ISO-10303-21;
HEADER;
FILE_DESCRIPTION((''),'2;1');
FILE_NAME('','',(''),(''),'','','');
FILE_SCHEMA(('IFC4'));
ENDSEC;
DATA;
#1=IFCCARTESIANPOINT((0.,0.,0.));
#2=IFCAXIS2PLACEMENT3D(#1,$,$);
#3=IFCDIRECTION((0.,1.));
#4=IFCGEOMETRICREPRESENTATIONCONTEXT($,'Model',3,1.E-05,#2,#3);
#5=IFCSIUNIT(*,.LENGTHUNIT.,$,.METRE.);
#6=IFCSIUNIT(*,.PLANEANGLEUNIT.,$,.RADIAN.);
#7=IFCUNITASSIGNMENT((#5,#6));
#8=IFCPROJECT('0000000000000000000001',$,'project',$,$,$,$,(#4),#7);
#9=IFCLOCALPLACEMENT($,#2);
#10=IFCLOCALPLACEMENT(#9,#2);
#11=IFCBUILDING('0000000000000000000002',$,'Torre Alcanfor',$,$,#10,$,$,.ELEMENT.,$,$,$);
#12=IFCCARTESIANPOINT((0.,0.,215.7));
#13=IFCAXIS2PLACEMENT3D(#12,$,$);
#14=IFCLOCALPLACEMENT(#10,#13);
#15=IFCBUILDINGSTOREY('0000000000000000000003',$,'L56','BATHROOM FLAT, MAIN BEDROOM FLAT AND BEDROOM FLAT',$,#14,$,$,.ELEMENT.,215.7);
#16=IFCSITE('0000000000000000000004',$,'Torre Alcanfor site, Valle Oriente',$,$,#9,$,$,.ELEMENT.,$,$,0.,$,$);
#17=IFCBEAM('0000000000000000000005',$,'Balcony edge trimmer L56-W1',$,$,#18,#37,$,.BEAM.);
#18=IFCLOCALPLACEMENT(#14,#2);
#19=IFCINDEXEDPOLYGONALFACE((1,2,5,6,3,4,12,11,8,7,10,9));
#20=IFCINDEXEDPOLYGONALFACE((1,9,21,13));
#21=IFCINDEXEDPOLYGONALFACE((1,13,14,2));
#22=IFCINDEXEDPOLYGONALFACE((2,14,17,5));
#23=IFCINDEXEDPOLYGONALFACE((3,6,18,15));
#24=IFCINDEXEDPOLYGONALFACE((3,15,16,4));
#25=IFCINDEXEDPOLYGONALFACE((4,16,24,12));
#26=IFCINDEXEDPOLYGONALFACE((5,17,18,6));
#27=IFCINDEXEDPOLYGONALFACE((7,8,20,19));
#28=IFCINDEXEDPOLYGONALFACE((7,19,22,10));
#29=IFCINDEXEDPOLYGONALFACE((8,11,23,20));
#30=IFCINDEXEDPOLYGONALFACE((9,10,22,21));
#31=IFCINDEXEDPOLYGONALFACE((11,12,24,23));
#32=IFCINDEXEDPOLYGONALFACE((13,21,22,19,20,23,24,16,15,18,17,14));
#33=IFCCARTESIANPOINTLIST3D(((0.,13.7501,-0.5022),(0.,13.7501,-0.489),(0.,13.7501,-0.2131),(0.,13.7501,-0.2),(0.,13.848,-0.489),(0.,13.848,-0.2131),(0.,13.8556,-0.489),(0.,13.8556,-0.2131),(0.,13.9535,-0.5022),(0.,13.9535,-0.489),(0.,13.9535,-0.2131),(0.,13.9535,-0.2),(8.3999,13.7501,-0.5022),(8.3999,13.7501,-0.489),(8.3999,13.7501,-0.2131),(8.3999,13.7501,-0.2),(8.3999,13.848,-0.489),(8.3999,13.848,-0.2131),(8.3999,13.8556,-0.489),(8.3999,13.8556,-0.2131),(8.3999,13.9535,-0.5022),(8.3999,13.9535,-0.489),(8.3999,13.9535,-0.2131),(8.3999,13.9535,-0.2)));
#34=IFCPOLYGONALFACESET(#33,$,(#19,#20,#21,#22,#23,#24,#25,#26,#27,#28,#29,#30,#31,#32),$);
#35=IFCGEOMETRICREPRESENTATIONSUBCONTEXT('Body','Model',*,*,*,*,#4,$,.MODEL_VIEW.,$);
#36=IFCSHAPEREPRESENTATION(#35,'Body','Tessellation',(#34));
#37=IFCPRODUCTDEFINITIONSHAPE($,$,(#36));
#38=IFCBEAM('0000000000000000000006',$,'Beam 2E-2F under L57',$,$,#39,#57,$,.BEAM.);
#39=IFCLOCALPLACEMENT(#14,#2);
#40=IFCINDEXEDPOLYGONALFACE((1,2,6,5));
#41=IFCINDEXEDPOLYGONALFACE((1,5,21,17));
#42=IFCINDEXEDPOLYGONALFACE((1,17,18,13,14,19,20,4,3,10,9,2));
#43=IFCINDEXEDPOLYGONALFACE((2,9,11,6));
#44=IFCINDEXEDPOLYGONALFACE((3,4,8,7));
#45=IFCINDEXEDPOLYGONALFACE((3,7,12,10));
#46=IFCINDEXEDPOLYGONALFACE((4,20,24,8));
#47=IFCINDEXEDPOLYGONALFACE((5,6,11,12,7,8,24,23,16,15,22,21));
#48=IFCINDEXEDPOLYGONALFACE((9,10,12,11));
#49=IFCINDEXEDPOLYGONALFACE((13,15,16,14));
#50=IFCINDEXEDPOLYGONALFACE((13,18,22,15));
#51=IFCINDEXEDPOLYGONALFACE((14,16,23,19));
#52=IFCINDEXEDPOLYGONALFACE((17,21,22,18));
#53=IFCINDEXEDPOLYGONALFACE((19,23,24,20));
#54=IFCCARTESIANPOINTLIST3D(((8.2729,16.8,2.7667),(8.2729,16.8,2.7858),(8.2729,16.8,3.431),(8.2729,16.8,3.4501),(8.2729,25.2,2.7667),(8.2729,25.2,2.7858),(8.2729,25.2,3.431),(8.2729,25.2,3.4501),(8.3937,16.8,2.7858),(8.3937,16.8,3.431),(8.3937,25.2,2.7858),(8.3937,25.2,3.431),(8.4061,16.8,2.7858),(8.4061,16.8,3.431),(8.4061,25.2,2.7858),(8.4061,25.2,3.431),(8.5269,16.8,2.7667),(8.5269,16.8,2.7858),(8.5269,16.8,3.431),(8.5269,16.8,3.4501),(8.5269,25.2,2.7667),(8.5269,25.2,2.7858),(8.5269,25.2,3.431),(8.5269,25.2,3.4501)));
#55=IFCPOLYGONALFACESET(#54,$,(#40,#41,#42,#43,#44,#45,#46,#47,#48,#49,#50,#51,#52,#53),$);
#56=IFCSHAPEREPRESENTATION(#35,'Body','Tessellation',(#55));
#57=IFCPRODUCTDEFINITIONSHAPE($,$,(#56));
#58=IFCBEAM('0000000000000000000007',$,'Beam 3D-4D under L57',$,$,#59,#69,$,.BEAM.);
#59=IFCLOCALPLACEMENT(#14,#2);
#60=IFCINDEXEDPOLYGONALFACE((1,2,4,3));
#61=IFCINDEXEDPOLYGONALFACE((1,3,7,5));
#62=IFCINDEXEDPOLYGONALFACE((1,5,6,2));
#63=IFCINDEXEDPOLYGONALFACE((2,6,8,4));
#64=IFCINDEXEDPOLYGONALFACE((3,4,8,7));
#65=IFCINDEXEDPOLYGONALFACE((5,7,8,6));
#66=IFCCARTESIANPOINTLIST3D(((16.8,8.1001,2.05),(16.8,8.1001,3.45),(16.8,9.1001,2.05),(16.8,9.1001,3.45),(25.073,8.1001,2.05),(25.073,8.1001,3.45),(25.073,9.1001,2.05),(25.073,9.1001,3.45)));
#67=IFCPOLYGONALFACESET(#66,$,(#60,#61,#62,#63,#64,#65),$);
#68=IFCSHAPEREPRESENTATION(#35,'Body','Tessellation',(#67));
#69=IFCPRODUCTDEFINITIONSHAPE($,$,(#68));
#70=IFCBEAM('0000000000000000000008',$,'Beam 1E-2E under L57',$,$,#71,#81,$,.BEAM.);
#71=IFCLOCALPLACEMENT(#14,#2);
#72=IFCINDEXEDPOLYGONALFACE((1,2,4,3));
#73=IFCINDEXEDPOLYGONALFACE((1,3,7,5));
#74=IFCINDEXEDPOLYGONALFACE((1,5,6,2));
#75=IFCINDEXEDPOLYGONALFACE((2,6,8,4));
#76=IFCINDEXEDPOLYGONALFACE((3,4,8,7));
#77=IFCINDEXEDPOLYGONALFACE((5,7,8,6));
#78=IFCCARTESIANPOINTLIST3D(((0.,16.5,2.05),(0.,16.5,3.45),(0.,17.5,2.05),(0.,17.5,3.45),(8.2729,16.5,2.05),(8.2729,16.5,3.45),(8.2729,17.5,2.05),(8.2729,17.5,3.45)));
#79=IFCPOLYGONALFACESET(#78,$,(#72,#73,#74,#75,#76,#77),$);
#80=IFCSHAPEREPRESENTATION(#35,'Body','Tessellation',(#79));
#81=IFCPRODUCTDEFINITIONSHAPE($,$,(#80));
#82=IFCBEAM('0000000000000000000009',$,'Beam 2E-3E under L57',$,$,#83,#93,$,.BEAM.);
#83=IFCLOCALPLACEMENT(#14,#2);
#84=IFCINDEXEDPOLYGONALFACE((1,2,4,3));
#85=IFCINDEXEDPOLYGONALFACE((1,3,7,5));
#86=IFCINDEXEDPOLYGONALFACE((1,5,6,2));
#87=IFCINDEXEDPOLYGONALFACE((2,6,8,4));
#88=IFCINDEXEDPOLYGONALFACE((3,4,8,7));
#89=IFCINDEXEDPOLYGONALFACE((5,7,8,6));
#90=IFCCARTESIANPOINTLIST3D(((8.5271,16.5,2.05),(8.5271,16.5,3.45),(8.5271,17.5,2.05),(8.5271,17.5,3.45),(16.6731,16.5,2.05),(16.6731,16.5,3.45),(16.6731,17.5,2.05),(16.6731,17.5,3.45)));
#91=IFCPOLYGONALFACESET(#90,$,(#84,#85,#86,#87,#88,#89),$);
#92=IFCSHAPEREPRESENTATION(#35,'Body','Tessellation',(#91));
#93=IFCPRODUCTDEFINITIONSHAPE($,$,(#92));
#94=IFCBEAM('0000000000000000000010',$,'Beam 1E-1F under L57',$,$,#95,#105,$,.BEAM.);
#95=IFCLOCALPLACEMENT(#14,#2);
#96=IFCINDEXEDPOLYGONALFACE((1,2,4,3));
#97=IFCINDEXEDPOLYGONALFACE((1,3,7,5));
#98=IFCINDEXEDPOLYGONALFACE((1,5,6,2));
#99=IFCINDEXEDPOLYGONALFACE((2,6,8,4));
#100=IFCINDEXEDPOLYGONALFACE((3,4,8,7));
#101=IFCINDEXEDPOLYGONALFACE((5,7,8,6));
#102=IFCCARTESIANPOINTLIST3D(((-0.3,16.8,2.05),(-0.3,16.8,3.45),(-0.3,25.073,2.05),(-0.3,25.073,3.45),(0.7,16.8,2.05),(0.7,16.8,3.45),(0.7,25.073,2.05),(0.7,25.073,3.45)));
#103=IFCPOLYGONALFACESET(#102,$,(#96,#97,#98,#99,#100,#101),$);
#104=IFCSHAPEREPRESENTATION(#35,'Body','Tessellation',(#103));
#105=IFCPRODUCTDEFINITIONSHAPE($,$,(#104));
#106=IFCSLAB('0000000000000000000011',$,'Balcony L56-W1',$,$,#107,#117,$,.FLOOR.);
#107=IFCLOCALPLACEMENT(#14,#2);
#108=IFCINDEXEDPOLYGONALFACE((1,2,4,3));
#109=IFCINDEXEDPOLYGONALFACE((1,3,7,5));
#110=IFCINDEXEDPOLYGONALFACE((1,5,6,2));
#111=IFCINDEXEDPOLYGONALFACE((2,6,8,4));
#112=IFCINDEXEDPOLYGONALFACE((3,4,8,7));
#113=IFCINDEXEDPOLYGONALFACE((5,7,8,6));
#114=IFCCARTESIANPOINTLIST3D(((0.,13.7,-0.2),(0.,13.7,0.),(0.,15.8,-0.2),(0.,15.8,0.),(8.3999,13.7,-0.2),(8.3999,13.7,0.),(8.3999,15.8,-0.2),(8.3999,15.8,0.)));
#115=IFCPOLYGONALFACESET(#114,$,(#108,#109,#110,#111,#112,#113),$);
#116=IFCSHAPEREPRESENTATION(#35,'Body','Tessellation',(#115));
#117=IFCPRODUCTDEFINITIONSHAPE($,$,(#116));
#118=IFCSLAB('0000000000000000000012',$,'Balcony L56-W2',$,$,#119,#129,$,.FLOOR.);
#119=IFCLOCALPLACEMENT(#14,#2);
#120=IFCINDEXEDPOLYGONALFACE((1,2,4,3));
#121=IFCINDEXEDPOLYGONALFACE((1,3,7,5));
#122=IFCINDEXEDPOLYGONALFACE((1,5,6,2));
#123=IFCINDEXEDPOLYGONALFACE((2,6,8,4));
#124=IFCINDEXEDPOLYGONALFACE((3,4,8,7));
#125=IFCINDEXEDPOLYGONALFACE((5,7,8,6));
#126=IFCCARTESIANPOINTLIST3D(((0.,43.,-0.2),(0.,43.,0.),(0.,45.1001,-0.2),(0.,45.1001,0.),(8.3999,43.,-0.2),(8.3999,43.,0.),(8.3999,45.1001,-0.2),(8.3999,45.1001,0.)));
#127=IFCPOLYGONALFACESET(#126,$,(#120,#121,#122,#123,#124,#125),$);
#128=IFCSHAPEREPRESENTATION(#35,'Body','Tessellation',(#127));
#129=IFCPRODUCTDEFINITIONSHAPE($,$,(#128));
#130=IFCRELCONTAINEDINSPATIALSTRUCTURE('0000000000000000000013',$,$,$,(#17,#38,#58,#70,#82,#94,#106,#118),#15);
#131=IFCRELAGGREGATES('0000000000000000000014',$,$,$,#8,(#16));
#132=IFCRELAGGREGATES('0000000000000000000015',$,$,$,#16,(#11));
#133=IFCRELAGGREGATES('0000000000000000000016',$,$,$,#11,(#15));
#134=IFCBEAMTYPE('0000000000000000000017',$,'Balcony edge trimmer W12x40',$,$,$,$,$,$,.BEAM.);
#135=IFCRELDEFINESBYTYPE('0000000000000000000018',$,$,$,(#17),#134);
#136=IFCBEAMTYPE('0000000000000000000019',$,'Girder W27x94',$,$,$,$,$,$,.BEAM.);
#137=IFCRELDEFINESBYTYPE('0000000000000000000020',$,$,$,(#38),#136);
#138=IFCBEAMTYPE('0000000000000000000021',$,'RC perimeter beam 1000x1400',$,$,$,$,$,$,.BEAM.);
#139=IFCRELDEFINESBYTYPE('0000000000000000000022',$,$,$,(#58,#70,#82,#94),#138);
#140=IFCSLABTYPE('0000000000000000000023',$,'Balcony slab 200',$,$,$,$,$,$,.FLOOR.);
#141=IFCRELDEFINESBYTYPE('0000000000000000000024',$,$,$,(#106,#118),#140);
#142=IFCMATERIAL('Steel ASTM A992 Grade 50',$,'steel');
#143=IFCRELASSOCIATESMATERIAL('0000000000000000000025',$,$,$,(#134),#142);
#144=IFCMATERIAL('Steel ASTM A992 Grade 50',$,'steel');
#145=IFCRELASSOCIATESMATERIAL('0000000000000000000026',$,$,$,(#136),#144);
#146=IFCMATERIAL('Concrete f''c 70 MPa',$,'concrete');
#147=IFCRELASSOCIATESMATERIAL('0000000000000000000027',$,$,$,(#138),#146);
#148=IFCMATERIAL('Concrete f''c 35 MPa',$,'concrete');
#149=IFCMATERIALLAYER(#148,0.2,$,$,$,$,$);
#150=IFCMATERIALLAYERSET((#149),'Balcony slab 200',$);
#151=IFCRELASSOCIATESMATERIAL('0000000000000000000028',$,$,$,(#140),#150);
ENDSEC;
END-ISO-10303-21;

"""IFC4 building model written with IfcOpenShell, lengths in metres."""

from ifc_helpers import new_model, si_unit, direction, frame, origin, origin_2d, place, context, subcontext, project, spatial, polyline, rectangle, i_section, outline, extrude, material, layer, layer_set, material_profile, profile_set, type_object, element, save


model = new_model("IFC4")

# Units and contexts
model_context = context("Model", 3, precision=1e-05, world=origin(), true_north=direction((0.0, 1.0)))
body_context = subcontext(model_context, "Body", "Model", "MODEL_VIEW")
ifc_project = project(units=[si_unit("LENGTHUNIT", "METRE"), si_unit("PLANEANGLEUNIT", "RADIAN")], contexts=[model_context])

# Site, building, storey
site_placement = place(None, origin())
site = spatial("IfcSite", under=ifc_project, at=site_placement, Name="Torre Alcanfor site, Valle Oriente", CompositionType="ELEMENT", RefElevation=0.0)
building_placement = place(site_placement, origin())
building = spatial("IfcBuilding", under=site, at=building_placement, Name="Torre Alcanfor", CompositionType="ELEMENT")
storey_placement = place(building_placement, frame((0.0, 0.0, 215.7)))
storey = spatial("IfcBuildingStorey", under=building, at=storey_placement, Name="L56", Description="BATHROOM FLAT, MAIN BEDROOM FLAT AND BEDROOM FLAT", CompositionType="ELEMENT", Elevation=215.7)

# Beams
ifc_material_1 = material(Name="Steel ASTM A992 Grade 50", Category="steel")
ifc_material_profile_1 = material_profile(ifc_material_1, i_section(OverallWidth=0.2034, OverallDepth=0.3022, WebThickness=0.0076, FlangeThickness=0.0132, at=origin_2d()), Name="W12x40")
ifc_profile_set_1 = profile_set([ifc_material_profile_1], Name="Steel ASTM A992 Grade 50")
beam_type_1 = type_object("IfcBeamType", Name="Balcony edge trimmer W12x40", PredefinedType="BEAM", material=ifc_profile_set_1)
beam_1_placement = place(storey_placement, frame((8.3999, 13.8518, -0.3511), z_axis=(-1.0, 0.0, 0.0), x_axis=(0.0, -1.0, 0.0)))
element("IfcBeam", 1, at=beam_1_placement, inside=storey, type_object=beam_type_1, Name="Balcony edge trimmer L56-W1", PredefinedType="BEAM", context=body_context, shape_type="SweptSolid", body=[
    extrude(i_section(OverallWidth=0.2034, OverallDepth=0.3022, WebThickness=0.0076, FlangeThickness=0.0132, at=origin_2d()), origin(), (0.0, 0.0, 1.0), 8.3999),
])
ifc_material_2 = material(Name="Steel ASTM A992 Grade 50", Category="steel")
ifc_material_profile_2 = material_profile(ifc_material_2, i_section(OverallWidth=0.2539, OverallDepth=0.6833, WebThickness=0.0125, FlangeThickness=0.019, at=origin_2d()), Name="W27x94")
ifc_profile_set_2 = profile_set([ifc_material_profile_2], Name="Steel ASTM A992 Grade 50")
beam_type_2 = type_object("IfcBeamType", Name="Girder W27x94", PredefinedType="BEAM", material=ifc_profile_set_2)
beam_2_placement = place(storey_placement, frame((8.3999, 16.8, 3.1084), z_axis=(0.0, 1.0, 0.0), x_axis=(-1.0, 0.0, 0.0)))
element("IfcBeam", 2, at=beam_2_placement, inside=storey, type_object=beam_type_2, Name="Beam 2E-2F under L57", PredefinedType="BEAM", context=body_context, shape_type="SweptSolid", body=[
    extrude(i_section(OverallWidth=0.2539, OverallDepth=0.6833, WebThickness=0.0125, FlangeThickness=0.019, at=origin_2d()), origin(), (0.0, 0.0, 1.0), 8.3999),
])
ifc_material_3 = material(Name="Concrete f'c 70 MPa", Category="concrete")
ifc_material_profile_3 = material_profile(ifc_material_3, rectangle(XDim=1.0, YDim=1.3999, at=origin_2d()), Name="1000x1400")
ifc_profile_set_3 = profile_set([ifc_material_profile_3], Name="Concrete f'c 70 MPa")
beam_type_3 = type_object("IfcBeamType", Name="RC perimeter beam 1000x1400", PredefinedType="BEAM", material=ifc_profile_set_3)
for number, where, z_axis, x_axis, name in (
    (3, (16.8, 8.6001, 2.75), (1.0, 0.0, 0.0), (0.0, 1.0, 0.0), "Beam 3D-4D under L57"),
    (4, (0.0, 17.0, 2.75), (1.0, 0.0, 0.0), (0.0, 1.0, 0.0), "Beam 1E-2E under L57"),
):
    element("IfcBeam", number, at=place(storey_placement, frame(where, z_axis=z_axis, x_axis=x_axis)), inside=storey, type_object=beam_type_3, Name=name, PredefinedType="BEAM", context=body_context, shape_type="SweptSolid", body=[
        extrude(rectangle(XDim=1.0, YDim=1.3999, at=origin_2d()), origin(), (0.0, 0.0, 1.0), 8.2729),
    ])
beam_3_placement = place(storey_placement, frame((8.5271, 17.0, 2.75), z_axis=(1.0, 0.0, 0.0), x_axis=(0.0, 1.0, 0.0)))
element("IfcBeam", 5, at=beam_3_placement, inside=storey, type_object=beam_type_3, Name="Beam 2E-3E under L57", PredefinedType="BEAM", context=body_context, shape_type="SweptSolid", body=[
    extrude(rectangle(XDim=1.0, YDim=1.3999, at=origin_2d()), origin(), (0.0, 0.0, 1.0), 8.146),
])
beam_4_placement = place(storey_placement, frame((0.2, 16.8, 2.75), z_axis=(0.0, 1.0, 0.0), x_axis=(-1.0, 0.0, 0.0)))
element("IfcBeam", 6, at=beam_4_placement, inside=storey, type_object=beam_type_3, Name="Beam 1E-1F under L57", PredefinedType="BEAM", context=body_context, shape_type="SweptSolid", body=[
    extrude(rectangle(XDim=1.0, YDim=1.3999, at=origin_2d()), origin(), (0.0, 0.0, 1.0), 8.2729),
])

# Slabs
ifc_material_4 = material(Name="Concrete f'c 35 MPa", Category="concrete")
ifc_layer_1 = layer(ifc_material_4, 0.2)
ifc_layer_set_1 = layer_set([ifc_layer_1], Name="Balcony slab 200")
slab_type_1 = type_object("IfcSlabType", Name="Balcony slab 200", PredefinedType="FLOOR", material=ifc_layer_set_1)
slab_1_placement = place(storey_placement, frame((0.0, 0.0, -0.2)))
element("IfcSlab", 7, at=slab_1_placement, inside=storey, type_object=slab_type_1, Name="Balcony L56-W1", PredefinedType="FLOOR", context=body_context, shape_type="SweptSolid", body=[
    extrude(outline(polyline([(8.3999, 15.8), (0.0, 15.8), (0.0, 13.7), (8.3999, 13.7), (8.3999, 15.8)])), origin(), (0.0, 0.0, 1.0), 0.2),
])
slab_2_placement = place(storey_placement, frame((0.0, 0.0, -0.2)))
element("IfcSlab", 8, at=slab_2_placement, inside=storey, type_object=slab_type_1, Name="Balcony L56-W2", PredefinedType="FLOOR", context=body_context, shape_type="SweptSolid", body=[
    extrude(outline(polyline([(8.3999, 45.1001), (0.0, 45.1001), (0.0, 43.0), (8.3999, 43.0), (8.3999, 45.1001)])), origin(), (0.0, 0.0, 1.0), 0.2),
])

save(model, "model.ifc")
